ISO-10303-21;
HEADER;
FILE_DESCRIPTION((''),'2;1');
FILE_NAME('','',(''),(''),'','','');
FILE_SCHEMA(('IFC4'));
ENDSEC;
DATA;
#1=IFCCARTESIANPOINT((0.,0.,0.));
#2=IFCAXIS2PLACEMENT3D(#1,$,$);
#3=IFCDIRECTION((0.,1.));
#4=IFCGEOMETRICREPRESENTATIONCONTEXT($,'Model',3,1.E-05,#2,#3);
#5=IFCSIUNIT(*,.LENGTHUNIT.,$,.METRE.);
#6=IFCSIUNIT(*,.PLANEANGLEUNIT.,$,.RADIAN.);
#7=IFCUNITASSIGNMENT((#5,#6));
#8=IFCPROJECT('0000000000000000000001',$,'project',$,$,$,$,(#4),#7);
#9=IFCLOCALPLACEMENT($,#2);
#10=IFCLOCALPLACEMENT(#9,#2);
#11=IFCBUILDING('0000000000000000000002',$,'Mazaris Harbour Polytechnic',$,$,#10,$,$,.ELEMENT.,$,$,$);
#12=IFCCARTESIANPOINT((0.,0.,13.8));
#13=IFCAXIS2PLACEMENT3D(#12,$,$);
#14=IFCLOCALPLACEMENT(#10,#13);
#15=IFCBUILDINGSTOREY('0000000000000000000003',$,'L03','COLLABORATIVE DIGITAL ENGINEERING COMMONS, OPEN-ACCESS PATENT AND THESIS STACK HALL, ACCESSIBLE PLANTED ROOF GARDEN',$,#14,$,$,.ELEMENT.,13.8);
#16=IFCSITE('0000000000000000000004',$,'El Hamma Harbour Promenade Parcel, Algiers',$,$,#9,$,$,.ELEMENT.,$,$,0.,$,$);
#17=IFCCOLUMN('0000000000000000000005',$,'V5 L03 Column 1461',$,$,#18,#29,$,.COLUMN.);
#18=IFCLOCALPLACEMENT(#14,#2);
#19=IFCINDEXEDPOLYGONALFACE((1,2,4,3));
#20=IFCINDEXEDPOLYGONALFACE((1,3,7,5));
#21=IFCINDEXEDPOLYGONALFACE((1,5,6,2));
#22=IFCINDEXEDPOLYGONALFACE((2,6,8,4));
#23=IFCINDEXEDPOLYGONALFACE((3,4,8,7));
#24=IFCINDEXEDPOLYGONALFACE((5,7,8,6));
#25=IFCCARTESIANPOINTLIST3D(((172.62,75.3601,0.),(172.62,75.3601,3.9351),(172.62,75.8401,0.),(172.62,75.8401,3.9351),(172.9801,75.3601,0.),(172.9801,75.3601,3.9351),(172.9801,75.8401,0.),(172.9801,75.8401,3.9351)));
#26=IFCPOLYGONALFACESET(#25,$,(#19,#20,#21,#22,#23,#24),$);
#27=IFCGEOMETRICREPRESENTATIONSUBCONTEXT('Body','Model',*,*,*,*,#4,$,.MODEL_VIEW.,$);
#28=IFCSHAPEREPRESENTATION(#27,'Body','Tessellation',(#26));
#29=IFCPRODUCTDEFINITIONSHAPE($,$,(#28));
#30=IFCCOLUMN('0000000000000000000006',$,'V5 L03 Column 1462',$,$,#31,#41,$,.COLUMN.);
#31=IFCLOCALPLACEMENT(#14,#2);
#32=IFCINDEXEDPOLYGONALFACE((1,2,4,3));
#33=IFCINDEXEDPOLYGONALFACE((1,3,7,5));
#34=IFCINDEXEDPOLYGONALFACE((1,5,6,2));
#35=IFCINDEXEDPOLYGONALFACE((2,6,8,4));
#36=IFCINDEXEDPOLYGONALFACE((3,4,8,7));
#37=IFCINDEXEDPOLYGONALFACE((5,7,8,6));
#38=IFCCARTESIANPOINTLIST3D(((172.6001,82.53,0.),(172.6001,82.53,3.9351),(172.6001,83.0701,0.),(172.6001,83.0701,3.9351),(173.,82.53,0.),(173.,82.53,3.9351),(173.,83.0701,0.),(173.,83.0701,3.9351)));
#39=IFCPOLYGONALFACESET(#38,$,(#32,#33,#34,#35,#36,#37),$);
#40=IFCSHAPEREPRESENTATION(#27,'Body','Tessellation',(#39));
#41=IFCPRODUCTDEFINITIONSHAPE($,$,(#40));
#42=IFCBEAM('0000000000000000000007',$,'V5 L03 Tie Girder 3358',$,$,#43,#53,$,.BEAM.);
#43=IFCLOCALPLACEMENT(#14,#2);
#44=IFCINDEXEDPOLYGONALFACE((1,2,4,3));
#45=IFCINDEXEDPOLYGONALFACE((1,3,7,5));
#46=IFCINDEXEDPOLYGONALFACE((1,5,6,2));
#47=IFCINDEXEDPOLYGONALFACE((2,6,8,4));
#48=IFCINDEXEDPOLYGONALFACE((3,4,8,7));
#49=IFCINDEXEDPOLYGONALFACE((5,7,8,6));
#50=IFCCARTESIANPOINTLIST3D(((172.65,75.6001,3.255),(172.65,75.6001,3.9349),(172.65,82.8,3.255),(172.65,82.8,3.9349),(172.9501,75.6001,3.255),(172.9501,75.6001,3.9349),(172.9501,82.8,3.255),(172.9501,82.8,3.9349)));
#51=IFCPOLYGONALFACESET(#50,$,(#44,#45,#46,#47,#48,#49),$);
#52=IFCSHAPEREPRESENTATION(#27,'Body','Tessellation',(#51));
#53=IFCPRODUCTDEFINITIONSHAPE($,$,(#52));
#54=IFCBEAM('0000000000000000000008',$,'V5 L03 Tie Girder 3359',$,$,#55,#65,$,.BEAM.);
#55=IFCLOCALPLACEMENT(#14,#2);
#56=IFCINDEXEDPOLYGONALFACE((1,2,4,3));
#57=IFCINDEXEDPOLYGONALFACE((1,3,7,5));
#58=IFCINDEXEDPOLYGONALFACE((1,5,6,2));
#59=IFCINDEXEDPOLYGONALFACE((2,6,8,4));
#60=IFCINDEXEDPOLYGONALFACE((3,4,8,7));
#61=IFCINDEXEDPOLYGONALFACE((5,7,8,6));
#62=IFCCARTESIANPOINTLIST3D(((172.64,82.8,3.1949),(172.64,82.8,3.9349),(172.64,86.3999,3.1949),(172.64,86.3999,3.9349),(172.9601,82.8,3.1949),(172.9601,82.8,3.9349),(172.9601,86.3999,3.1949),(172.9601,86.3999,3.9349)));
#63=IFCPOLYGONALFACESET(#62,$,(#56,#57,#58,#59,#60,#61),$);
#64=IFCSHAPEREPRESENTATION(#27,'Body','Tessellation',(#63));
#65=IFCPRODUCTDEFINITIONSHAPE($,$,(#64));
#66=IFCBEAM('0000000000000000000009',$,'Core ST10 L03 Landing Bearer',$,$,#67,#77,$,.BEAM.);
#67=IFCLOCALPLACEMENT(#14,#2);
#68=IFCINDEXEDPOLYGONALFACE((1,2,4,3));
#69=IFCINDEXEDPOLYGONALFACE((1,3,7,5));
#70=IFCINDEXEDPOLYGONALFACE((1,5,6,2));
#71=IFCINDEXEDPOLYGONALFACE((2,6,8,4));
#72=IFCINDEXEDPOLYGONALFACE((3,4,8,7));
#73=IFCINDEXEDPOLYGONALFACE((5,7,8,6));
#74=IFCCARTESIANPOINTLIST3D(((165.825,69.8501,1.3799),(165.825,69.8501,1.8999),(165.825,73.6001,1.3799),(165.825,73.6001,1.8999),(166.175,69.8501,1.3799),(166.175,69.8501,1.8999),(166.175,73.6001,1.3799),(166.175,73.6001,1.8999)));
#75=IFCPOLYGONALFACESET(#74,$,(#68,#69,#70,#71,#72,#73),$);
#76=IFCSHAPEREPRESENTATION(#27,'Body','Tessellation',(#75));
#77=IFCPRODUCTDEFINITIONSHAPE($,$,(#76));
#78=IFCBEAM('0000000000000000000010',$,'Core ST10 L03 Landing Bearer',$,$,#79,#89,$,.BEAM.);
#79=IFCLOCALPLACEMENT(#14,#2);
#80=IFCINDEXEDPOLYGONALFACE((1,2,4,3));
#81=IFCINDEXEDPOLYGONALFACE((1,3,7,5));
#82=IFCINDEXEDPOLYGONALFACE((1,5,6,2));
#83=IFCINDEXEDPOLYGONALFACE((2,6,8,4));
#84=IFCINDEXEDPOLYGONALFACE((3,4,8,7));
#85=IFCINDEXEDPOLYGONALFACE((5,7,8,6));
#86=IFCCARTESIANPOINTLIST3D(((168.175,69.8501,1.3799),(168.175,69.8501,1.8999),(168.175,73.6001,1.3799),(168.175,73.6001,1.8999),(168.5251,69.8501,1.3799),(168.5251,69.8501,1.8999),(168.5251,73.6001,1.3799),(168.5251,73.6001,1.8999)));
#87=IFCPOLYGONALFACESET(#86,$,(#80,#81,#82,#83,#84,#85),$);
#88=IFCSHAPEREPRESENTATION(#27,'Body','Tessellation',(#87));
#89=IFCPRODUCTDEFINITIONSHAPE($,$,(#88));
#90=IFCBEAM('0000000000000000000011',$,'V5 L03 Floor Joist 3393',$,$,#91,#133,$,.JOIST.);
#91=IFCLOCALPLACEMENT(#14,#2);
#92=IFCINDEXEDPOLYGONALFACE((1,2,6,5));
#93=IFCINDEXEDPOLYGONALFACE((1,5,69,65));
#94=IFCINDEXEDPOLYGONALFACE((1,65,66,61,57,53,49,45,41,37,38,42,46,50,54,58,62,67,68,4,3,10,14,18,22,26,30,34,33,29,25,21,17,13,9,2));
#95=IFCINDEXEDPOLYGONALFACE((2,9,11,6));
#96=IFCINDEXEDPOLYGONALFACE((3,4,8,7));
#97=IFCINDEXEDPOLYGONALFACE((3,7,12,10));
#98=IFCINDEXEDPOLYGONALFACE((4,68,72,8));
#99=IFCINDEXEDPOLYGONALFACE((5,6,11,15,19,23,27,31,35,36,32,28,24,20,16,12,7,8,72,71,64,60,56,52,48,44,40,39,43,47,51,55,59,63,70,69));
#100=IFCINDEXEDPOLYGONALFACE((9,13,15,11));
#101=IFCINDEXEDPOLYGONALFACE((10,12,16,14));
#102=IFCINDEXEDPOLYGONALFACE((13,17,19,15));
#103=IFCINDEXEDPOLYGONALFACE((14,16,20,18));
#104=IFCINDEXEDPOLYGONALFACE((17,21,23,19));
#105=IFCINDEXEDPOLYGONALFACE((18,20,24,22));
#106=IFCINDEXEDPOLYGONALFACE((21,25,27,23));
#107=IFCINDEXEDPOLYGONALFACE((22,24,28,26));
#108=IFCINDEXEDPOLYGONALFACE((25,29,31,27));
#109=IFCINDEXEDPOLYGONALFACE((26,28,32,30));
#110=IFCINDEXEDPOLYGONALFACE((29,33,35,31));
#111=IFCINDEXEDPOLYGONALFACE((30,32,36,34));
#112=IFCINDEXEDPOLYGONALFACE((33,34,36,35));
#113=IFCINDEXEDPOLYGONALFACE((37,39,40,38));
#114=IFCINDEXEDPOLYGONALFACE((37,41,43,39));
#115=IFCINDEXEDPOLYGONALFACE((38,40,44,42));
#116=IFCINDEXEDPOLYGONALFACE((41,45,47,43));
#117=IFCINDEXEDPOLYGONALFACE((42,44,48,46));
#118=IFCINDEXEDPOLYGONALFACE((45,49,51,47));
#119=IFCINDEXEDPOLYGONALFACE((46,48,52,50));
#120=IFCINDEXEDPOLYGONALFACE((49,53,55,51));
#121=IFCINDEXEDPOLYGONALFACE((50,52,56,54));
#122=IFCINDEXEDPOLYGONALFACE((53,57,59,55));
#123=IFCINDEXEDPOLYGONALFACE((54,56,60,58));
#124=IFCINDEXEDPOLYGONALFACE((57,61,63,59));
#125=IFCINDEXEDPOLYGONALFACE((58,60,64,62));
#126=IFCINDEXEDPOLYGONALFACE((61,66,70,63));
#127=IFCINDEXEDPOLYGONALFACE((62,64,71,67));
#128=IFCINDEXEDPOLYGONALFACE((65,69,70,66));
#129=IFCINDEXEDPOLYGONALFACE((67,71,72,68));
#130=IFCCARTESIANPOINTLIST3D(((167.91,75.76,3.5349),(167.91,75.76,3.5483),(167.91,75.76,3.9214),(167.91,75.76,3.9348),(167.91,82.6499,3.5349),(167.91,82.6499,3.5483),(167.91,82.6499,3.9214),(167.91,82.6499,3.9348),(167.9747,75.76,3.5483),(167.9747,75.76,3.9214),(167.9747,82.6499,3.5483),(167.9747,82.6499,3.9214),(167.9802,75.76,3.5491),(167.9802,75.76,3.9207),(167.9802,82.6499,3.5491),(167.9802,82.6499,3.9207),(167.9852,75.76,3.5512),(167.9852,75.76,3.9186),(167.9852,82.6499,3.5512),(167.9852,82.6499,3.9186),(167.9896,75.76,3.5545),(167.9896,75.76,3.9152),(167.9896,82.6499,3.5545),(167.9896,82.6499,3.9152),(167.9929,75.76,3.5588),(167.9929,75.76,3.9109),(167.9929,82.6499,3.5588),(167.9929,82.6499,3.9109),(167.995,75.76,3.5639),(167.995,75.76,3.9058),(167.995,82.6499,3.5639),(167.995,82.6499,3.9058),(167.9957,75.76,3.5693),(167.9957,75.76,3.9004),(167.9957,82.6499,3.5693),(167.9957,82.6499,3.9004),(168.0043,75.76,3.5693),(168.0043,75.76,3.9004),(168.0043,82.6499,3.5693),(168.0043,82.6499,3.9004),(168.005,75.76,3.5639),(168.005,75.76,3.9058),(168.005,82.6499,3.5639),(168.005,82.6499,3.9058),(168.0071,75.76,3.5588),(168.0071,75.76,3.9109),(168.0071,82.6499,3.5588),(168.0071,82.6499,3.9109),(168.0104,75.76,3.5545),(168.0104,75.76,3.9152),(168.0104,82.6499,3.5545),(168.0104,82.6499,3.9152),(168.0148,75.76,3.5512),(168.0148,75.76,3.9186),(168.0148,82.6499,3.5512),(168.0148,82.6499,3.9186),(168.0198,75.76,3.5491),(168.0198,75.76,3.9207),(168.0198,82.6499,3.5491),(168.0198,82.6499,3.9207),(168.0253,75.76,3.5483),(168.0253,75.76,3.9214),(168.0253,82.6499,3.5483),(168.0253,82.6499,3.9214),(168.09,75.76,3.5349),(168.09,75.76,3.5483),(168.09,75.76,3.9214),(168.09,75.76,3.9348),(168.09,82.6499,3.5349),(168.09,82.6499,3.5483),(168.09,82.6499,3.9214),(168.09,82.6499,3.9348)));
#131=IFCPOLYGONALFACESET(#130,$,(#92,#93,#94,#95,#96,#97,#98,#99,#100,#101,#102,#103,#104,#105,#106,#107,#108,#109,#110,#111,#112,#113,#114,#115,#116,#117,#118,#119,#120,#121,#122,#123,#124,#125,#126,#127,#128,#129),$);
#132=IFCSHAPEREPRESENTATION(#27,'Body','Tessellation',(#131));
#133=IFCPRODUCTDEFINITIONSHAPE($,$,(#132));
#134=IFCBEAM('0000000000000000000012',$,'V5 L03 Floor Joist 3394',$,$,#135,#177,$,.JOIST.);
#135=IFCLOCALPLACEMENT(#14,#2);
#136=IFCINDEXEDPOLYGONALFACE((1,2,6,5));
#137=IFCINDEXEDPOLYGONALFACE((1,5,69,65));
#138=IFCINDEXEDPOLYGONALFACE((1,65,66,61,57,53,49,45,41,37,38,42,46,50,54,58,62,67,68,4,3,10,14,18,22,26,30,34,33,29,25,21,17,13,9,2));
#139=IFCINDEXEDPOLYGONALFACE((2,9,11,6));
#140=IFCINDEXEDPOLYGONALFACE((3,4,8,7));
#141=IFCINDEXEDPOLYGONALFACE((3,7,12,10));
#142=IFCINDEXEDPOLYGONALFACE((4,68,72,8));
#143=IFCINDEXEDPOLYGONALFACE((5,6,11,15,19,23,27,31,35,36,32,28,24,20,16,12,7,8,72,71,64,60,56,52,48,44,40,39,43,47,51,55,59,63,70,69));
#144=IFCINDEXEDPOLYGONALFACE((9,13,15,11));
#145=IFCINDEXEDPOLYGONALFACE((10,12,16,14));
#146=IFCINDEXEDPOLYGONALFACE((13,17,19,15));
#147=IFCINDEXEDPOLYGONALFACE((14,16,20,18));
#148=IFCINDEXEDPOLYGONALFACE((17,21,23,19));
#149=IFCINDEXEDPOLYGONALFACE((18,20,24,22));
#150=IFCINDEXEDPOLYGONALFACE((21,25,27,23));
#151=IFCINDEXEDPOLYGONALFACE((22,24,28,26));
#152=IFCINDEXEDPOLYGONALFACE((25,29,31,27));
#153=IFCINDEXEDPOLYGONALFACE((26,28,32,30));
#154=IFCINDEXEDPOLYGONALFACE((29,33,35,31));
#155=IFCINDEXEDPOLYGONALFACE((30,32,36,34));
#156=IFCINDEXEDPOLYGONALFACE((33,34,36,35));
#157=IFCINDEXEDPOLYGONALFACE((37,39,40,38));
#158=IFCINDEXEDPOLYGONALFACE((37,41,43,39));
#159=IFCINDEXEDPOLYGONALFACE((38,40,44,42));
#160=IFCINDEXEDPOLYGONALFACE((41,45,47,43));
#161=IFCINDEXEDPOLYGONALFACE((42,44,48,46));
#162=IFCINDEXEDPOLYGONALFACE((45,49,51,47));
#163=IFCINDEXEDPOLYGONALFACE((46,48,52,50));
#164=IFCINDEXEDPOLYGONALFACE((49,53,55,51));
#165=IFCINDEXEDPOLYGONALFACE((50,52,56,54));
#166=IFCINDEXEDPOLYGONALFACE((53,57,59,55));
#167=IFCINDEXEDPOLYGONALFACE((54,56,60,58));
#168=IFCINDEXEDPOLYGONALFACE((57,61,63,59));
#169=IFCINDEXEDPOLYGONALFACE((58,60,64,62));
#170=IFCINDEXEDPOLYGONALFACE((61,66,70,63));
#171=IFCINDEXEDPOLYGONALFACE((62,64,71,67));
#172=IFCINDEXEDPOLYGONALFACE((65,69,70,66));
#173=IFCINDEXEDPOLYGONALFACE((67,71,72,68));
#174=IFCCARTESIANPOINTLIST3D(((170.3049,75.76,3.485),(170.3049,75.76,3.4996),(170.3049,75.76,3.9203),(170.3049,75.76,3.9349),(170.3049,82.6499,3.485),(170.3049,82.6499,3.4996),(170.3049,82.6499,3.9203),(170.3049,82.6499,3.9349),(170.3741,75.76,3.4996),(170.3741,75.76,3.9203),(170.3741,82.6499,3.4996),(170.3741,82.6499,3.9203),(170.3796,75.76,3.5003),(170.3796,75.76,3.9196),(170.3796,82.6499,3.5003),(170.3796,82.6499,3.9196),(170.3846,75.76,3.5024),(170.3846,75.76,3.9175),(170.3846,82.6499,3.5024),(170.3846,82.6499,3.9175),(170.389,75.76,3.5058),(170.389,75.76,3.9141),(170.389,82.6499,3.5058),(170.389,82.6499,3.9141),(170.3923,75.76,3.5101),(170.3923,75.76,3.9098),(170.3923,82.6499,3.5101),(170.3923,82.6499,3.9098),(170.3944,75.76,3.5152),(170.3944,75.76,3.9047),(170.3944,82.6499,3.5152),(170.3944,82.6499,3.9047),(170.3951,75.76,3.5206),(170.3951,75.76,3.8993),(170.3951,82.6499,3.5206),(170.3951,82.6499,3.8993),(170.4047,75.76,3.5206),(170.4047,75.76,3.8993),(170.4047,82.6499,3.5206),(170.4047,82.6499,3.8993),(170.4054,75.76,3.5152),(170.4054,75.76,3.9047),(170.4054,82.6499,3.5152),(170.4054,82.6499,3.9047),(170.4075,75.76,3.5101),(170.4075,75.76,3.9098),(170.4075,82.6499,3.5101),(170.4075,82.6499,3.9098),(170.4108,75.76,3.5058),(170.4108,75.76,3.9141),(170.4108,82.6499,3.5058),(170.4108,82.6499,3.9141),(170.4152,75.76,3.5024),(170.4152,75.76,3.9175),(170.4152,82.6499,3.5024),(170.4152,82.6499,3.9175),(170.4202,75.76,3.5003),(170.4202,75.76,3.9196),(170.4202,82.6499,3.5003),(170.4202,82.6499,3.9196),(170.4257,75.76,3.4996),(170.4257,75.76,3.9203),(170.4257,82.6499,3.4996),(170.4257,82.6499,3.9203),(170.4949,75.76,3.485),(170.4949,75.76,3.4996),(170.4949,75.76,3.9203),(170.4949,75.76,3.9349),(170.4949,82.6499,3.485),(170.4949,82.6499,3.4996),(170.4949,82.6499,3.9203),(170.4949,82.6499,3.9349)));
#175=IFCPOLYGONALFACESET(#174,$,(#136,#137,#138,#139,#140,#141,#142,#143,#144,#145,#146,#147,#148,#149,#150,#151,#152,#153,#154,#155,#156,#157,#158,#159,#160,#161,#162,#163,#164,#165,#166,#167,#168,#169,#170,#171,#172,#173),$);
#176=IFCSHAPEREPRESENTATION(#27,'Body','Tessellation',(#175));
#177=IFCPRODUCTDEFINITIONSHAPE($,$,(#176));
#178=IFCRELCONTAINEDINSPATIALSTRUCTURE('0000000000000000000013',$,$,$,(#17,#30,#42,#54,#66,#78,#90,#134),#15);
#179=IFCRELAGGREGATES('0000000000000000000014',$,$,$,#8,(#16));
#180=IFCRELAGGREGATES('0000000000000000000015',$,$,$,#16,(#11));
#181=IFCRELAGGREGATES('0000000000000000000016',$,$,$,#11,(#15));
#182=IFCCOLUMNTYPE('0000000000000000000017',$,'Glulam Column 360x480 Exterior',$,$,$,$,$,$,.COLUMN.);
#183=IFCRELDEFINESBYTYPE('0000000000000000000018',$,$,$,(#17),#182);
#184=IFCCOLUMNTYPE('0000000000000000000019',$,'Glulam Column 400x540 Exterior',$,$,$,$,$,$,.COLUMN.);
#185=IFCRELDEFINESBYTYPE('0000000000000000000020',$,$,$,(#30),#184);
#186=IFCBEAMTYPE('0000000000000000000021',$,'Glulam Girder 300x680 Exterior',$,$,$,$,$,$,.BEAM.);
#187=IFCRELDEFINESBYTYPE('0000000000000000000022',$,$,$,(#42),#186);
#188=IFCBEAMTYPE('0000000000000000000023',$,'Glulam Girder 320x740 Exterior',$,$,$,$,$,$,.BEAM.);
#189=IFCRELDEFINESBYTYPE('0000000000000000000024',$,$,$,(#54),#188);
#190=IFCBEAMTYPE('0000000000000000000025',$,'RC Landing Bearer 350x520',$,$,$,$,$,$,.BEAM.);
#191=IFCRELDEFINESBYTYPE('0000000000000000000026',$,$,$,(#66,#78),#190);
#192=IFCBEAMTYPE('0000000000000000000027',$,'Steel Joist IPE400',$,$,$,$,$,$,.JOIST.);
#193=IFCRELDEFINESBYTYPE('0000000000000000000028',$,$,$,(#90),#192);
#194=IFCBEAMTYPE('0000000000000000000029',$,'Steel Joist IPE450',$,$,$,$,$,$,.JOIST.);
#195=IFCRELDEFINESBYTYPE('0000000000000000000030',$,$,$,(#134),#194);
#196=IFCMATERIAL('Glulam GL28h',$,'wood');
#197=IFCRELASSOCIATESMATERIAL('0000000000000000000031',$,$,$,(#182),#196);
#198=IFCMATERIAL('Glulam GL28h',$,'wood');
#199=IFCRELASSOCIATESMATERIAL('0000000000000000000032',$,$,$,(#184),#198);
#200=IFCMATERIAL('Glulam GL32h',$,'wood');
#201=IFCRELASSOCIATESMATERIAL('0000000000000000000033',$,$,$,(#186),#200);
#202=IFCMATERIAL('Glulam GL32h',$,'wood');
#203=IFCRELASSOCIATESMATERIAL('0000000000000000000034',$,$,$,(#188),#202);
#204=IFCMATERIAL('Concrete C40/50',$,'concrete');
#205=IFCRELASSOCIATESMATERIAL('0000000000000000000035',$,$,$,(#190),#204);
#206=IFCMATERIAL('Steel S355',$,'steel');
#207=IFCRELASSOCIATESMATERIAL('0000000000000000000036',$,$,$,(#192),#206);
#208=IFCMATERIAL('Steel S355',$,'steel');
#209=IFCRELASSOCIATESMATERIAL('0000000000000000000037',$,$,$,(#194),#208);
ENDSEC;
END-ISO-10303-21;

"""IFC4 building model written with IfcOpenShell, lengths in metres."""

from ifc_helpers import new_model, si_unit, direction, frame, origin, origin_2d, place, context, subcontext, project, spatial, rectangle, i_section, extrude, material, material_profile, profile_set, type_object, element, save


model = new_model("IFC4")

# Units and contexts
model_context = context("Model", 3, precision=1e-05, world=origin(), true_north=direction((0.0, 1.0)))
body_context = subcontext(model_context, "Body", "Model", "MODEL_VIEW")
ifc_project = project(units=[si_unit("LENGTHUNIT", "METRE"), si_unit("PLANEANGLEUNIT", "RADIAN")], contexts=[model_context])

# Site, building, storey
site_placement = place(None, origin())
site = spatial("IfcSite", under=ifc_project, at=site_placement, Name="El Hamma Harbour Promenade Parcel, Algiers", CompositionType="ELEMENT", RefElevation=0.0)
building_placement = place(site_placement, origin())
building = spatial("IfcBuilding", under=site, at=building_placement, Name="Mazaris Harbour Polytechnic", CompositionType="ELEMENT")
storey_placement = place(building_placement, frame((0.0, 0.0, 13.8)))
storey = spatial("IfcBuildingStorey", under=building, at=storey_placement, Name="L03", Description="COLLABORATIVE DIGITAL ENGINEERING COMMONS, OPEN-ACCESS PATENT AND THESIS STACK HALL, ACCESSIBLE PLANTED ROOF GARDEN", CompositionType="ELEMENT", Elevation=13.8)

# Columns
ifc_material_1 = material(Name="Glulam GL28h", Category="wood")
ifc_material_profile_1 = material_profile(ifc_material_1, rectangle(XDim=0.3601, YDim=0.48, at=origin_2d()), Name="RECT360x480")
ifc_profile_set_1 = profile_set([ifc_material_profile_1], Name="Glulam GL28h")
column_type_1 = type_object("IfcColumnType", Name="Glulam Column 360x480 Exterior", PredefinedType="COLUMN", material=ifc_profile_set_1)
column_1_placement = place(storey_placement, frame((172.8, 75.6001, 0.0), z_axis=(0.0, 0.0, 1.0), x_axis=(1.0, 0.0, 0.0)))
element("IfcColumn", 1, at=column_1_placement, inside=storey, type_object=column_type_1, Name="V5 L03 Column 1461", PredefinedType="COLUMN", context=body_context, shape_type="SweptSolid", body=[
    extrude(rectangle(XDim=0.3601, YDim=0.48, at=origin_2d()), origin(), (0.0, 0.0, 1.0), 3.9351),
])
ifc_material_2 = material(Name="Glulam GL28h", Category="wood")
ifc_material_profile_2 = material_profile(ifc_material_2, rectangle(XDim=0.3999, YDim=0.54, at=origin_2d()), Name="RECT400x540")
ifc_profile_set_2 = profile_set([ifc_material_profile_2], Name="Glulam GL28h")
column_type_2 = type_object("IfcColumnType", Name="Glulam Column 400x540 Exterior", PredefinedType="COLUMN", material=ifc_profile_set_2)
column_2_placement = place(storey_placement, frame((172.8, 82.8, 0.0), z_axis=(0.0, 0.0, 1.0), x_axis=(1.0, 0.0, 0.0)))
element("IfcColumn", 2, at=column_2_placement, inside=storey, type_object=column_type_2, Name="V5 L03 Column 1462", PredefinedType="COLUMN", context=body_context, shape_type="SweptSolid", body=[
    extrude(rectangle(XDim=0.3999, YDim=0.54, at=origin_2d()), origin(), (0.0, 0.0, 1.0), 3.9351),
])

# Beams
ifc_material_3 = material(Name="Glulam GL32h", Category="wood")
ifc_material_profile_3 = material_profile(ifc_material_3, rectangle(XDim=0.3, YDim=0.6799, at=origin_2d()), Name="RECT300x680")
ifc_profile_set_3 = profile_set([ifc_material_profile_3], Name="Glulam GL32h")
beam_type_1 = type_object("IfcBeamType", Name="Glulam Girder 300x680 Exterior", PredefinedType="BEAM", material=ifc_profile_set_3)
beam_1_placement = place(storey_placement, frame((172.8, 75.6001, 3.595), z_axis=(0.0, 1.0, 0.0), x_axis=(-1.0, 0.0, 0.0)))
element("IfcBeam", 3, at=beam_1_placement, inside=storey, type_object=beam_type_1, Name="V5 L03 Tie Girder 3358", PredefinedType="BEAM", context=body_context, shape_type="SweptSolid", body=[
    extrude(rectangle(XDim=0.3, YDim=0.6799, at=origin_2d()), origin(), (0.0, 0.0, 1.0), 7.2),
])
ifc_material_4 = material(Name="Glulam GL32h", Category="wood")
ifc_material_profile_4 = material_profile(ifc_material_4, rectangle(XDim=0.3201, YDim=0.74, at=origin_2d()), Name="RECT320x740")
ifc_profile_set_4 = profile_set([ifc_material_profile_4], Name="Glulam GL32h")
beam_type_2 = type_object("IfcBeamType", Name="Glulam Girder 320x740 Exterior", PredefinedType="BEAM", material=ifc_profile_set_4)
beam_2_placement = place(storey_placement, frame((172.8, 82.8, 3.5649), z_axis=(0.0, 1.0, 0.0), x_axis=(-1.0, 0.0, 0.0)))
element("IfcBeam", 4, at=beam_2_placement, inside=storey, type_object=beam_type_2, Name="V5 L03 Tie Girder 3359", PredefinedType="BEAM", context=body_context, shape_type="SweptSolid", body=[
    extrude(rectangle(XDim=0.3201, YDim=0.74, at=origin_2d()), origin(), (0.0, 0.0, 1.0), 3.5999),
])
ifc_material_5 = material(Name="Concrete C40/50", Category="concrete")
ifc_material_profile_5 = material_profile(ifc_material_5, rectangle(XDim=0.3501, YDim=0.52, at=origin_2d()), Name="RECT350x520")
ifc_profile_set_5 = profile_set([ifc_material_profile_5], Name="Concrete C40/50")
beam_type_3 = type_object("IfcBeamType", Name="RC Landing Bearer 350x520", PredefinedType="BEAM", material=ifc_profile_set_5)
for number, where, z_axis, x_axis, name in (
    (5, (166.0, 69.8501, 1.6399), (0.0, 1.0, 0.0), (-1.0, 0.0, 0.0), "Core ST10 L03 Landing Bearer"),
    (6, (168.3501, 69.8501, 1.6399), (0.0, 1.0, 0.0), (-1.0, 0.0, 0.0), "Core ST10 L03 Landing Bearer"),
):
    element("IfcBeam", number, at=place(storey_placement, frame(where, z_axis=z_axis, x_axis=x_axis)), inside=storey, type_object=beam_type_3, Name=name, PredefinedType="BEAM", context=body_context, shape_type="SweptSolid", body=[
        extrude(rectangle(XDim=0.3501, YDim=0.52, at=origin_2d()), origin(), (0.0, 0.0, 1.0), 3.75),
    ])
ifc_material_6 = material(Name="Steel S355", Category="steel")
ifc_material_profile_6 = material_profile(ifc_material_6, i_section(OverallWidth=0.1799, OverallDepth=0.3999, WebThickness=0.0085, FlangeThickness=0.0134, FilletRadius=0.021, at=origin_2d()), Name="IPE 400")
ifc_profile_set_6 = profile_set([ifc_material_profile_6], Name="Steel S355")
beam_type_4 = type_object("IfcBeamType", Name="Steel Joist IPE400", PredefinedType="JOIST", material=ifc_profile_set_6)
beam_3_placement = place(storey_placement, frame((168.0, 75.76, 3.7349), z_axis=(0.0, 1.0, 0.0), x_axis=(-1.0, 0.0, 0.0)))
element("IfcBeam", 7, at=beam_3_placement, inside=storey, type_object=beam_type_4, Name="V5 L03 Floor Joist 3393", PredefinedType="JOIST", context=body_context, shape_type="SweptSolid", body=[
    extrude(i_section(OverallWidth=0.1799, OverallDepth=0.3999, WebThickness=0.0085, FlangeThickness=0.0134, FilletRadius=0.021, at=origin_2d()), origin(), (0.0, 0.0, 1.0), 6.8899),
])
ifc_material_7 = material(Name="Steel S355", Category="steel")
ifc_material_profile_7 = material_profile(ifc_material_7, i_section(OverallWidth=0.1899, OverallDepth=0.45, WebThickness=0.0095, FlangeThickness=0.0146, FilletRadius=0.021, at=origin_2d()), Name="IPE 450")
ifc_profile_set_7 = profile_set([ifc_material_profile_7], Name="Steel S355")
beam_type_5 = type_object("IfcBeamType", Name="Steel Joist IPE450", PredefinedType="JOIST", material=ifc_profile_set_7)
beam_4_placement = place(storey_placement, frame((170.3999, 75.76, 3.71), z_axis=(0.0, 1.0, 0.0), x_axis=(-1.0, 0.0, 0.0)))
element("IfcBeam", 8, at=beam_4_placement, inside=storey, type_object=beam_type_5, Name="V5 L03 Floor Joist 3394", PredefinedType="JOIST", context=body_context, shape_type="SweptSolid", body=[
    extrude(i_section(OverallWidth=0.1899, OverallDepth=0.45, WebThickness=0.0095, FlangeThickness=0.0146, FilletRadius=0.021, at=origin_2d()), origin(), (0.0, 0.0, 1.0), 6.8899),
])

save(model, "model.ifc")
